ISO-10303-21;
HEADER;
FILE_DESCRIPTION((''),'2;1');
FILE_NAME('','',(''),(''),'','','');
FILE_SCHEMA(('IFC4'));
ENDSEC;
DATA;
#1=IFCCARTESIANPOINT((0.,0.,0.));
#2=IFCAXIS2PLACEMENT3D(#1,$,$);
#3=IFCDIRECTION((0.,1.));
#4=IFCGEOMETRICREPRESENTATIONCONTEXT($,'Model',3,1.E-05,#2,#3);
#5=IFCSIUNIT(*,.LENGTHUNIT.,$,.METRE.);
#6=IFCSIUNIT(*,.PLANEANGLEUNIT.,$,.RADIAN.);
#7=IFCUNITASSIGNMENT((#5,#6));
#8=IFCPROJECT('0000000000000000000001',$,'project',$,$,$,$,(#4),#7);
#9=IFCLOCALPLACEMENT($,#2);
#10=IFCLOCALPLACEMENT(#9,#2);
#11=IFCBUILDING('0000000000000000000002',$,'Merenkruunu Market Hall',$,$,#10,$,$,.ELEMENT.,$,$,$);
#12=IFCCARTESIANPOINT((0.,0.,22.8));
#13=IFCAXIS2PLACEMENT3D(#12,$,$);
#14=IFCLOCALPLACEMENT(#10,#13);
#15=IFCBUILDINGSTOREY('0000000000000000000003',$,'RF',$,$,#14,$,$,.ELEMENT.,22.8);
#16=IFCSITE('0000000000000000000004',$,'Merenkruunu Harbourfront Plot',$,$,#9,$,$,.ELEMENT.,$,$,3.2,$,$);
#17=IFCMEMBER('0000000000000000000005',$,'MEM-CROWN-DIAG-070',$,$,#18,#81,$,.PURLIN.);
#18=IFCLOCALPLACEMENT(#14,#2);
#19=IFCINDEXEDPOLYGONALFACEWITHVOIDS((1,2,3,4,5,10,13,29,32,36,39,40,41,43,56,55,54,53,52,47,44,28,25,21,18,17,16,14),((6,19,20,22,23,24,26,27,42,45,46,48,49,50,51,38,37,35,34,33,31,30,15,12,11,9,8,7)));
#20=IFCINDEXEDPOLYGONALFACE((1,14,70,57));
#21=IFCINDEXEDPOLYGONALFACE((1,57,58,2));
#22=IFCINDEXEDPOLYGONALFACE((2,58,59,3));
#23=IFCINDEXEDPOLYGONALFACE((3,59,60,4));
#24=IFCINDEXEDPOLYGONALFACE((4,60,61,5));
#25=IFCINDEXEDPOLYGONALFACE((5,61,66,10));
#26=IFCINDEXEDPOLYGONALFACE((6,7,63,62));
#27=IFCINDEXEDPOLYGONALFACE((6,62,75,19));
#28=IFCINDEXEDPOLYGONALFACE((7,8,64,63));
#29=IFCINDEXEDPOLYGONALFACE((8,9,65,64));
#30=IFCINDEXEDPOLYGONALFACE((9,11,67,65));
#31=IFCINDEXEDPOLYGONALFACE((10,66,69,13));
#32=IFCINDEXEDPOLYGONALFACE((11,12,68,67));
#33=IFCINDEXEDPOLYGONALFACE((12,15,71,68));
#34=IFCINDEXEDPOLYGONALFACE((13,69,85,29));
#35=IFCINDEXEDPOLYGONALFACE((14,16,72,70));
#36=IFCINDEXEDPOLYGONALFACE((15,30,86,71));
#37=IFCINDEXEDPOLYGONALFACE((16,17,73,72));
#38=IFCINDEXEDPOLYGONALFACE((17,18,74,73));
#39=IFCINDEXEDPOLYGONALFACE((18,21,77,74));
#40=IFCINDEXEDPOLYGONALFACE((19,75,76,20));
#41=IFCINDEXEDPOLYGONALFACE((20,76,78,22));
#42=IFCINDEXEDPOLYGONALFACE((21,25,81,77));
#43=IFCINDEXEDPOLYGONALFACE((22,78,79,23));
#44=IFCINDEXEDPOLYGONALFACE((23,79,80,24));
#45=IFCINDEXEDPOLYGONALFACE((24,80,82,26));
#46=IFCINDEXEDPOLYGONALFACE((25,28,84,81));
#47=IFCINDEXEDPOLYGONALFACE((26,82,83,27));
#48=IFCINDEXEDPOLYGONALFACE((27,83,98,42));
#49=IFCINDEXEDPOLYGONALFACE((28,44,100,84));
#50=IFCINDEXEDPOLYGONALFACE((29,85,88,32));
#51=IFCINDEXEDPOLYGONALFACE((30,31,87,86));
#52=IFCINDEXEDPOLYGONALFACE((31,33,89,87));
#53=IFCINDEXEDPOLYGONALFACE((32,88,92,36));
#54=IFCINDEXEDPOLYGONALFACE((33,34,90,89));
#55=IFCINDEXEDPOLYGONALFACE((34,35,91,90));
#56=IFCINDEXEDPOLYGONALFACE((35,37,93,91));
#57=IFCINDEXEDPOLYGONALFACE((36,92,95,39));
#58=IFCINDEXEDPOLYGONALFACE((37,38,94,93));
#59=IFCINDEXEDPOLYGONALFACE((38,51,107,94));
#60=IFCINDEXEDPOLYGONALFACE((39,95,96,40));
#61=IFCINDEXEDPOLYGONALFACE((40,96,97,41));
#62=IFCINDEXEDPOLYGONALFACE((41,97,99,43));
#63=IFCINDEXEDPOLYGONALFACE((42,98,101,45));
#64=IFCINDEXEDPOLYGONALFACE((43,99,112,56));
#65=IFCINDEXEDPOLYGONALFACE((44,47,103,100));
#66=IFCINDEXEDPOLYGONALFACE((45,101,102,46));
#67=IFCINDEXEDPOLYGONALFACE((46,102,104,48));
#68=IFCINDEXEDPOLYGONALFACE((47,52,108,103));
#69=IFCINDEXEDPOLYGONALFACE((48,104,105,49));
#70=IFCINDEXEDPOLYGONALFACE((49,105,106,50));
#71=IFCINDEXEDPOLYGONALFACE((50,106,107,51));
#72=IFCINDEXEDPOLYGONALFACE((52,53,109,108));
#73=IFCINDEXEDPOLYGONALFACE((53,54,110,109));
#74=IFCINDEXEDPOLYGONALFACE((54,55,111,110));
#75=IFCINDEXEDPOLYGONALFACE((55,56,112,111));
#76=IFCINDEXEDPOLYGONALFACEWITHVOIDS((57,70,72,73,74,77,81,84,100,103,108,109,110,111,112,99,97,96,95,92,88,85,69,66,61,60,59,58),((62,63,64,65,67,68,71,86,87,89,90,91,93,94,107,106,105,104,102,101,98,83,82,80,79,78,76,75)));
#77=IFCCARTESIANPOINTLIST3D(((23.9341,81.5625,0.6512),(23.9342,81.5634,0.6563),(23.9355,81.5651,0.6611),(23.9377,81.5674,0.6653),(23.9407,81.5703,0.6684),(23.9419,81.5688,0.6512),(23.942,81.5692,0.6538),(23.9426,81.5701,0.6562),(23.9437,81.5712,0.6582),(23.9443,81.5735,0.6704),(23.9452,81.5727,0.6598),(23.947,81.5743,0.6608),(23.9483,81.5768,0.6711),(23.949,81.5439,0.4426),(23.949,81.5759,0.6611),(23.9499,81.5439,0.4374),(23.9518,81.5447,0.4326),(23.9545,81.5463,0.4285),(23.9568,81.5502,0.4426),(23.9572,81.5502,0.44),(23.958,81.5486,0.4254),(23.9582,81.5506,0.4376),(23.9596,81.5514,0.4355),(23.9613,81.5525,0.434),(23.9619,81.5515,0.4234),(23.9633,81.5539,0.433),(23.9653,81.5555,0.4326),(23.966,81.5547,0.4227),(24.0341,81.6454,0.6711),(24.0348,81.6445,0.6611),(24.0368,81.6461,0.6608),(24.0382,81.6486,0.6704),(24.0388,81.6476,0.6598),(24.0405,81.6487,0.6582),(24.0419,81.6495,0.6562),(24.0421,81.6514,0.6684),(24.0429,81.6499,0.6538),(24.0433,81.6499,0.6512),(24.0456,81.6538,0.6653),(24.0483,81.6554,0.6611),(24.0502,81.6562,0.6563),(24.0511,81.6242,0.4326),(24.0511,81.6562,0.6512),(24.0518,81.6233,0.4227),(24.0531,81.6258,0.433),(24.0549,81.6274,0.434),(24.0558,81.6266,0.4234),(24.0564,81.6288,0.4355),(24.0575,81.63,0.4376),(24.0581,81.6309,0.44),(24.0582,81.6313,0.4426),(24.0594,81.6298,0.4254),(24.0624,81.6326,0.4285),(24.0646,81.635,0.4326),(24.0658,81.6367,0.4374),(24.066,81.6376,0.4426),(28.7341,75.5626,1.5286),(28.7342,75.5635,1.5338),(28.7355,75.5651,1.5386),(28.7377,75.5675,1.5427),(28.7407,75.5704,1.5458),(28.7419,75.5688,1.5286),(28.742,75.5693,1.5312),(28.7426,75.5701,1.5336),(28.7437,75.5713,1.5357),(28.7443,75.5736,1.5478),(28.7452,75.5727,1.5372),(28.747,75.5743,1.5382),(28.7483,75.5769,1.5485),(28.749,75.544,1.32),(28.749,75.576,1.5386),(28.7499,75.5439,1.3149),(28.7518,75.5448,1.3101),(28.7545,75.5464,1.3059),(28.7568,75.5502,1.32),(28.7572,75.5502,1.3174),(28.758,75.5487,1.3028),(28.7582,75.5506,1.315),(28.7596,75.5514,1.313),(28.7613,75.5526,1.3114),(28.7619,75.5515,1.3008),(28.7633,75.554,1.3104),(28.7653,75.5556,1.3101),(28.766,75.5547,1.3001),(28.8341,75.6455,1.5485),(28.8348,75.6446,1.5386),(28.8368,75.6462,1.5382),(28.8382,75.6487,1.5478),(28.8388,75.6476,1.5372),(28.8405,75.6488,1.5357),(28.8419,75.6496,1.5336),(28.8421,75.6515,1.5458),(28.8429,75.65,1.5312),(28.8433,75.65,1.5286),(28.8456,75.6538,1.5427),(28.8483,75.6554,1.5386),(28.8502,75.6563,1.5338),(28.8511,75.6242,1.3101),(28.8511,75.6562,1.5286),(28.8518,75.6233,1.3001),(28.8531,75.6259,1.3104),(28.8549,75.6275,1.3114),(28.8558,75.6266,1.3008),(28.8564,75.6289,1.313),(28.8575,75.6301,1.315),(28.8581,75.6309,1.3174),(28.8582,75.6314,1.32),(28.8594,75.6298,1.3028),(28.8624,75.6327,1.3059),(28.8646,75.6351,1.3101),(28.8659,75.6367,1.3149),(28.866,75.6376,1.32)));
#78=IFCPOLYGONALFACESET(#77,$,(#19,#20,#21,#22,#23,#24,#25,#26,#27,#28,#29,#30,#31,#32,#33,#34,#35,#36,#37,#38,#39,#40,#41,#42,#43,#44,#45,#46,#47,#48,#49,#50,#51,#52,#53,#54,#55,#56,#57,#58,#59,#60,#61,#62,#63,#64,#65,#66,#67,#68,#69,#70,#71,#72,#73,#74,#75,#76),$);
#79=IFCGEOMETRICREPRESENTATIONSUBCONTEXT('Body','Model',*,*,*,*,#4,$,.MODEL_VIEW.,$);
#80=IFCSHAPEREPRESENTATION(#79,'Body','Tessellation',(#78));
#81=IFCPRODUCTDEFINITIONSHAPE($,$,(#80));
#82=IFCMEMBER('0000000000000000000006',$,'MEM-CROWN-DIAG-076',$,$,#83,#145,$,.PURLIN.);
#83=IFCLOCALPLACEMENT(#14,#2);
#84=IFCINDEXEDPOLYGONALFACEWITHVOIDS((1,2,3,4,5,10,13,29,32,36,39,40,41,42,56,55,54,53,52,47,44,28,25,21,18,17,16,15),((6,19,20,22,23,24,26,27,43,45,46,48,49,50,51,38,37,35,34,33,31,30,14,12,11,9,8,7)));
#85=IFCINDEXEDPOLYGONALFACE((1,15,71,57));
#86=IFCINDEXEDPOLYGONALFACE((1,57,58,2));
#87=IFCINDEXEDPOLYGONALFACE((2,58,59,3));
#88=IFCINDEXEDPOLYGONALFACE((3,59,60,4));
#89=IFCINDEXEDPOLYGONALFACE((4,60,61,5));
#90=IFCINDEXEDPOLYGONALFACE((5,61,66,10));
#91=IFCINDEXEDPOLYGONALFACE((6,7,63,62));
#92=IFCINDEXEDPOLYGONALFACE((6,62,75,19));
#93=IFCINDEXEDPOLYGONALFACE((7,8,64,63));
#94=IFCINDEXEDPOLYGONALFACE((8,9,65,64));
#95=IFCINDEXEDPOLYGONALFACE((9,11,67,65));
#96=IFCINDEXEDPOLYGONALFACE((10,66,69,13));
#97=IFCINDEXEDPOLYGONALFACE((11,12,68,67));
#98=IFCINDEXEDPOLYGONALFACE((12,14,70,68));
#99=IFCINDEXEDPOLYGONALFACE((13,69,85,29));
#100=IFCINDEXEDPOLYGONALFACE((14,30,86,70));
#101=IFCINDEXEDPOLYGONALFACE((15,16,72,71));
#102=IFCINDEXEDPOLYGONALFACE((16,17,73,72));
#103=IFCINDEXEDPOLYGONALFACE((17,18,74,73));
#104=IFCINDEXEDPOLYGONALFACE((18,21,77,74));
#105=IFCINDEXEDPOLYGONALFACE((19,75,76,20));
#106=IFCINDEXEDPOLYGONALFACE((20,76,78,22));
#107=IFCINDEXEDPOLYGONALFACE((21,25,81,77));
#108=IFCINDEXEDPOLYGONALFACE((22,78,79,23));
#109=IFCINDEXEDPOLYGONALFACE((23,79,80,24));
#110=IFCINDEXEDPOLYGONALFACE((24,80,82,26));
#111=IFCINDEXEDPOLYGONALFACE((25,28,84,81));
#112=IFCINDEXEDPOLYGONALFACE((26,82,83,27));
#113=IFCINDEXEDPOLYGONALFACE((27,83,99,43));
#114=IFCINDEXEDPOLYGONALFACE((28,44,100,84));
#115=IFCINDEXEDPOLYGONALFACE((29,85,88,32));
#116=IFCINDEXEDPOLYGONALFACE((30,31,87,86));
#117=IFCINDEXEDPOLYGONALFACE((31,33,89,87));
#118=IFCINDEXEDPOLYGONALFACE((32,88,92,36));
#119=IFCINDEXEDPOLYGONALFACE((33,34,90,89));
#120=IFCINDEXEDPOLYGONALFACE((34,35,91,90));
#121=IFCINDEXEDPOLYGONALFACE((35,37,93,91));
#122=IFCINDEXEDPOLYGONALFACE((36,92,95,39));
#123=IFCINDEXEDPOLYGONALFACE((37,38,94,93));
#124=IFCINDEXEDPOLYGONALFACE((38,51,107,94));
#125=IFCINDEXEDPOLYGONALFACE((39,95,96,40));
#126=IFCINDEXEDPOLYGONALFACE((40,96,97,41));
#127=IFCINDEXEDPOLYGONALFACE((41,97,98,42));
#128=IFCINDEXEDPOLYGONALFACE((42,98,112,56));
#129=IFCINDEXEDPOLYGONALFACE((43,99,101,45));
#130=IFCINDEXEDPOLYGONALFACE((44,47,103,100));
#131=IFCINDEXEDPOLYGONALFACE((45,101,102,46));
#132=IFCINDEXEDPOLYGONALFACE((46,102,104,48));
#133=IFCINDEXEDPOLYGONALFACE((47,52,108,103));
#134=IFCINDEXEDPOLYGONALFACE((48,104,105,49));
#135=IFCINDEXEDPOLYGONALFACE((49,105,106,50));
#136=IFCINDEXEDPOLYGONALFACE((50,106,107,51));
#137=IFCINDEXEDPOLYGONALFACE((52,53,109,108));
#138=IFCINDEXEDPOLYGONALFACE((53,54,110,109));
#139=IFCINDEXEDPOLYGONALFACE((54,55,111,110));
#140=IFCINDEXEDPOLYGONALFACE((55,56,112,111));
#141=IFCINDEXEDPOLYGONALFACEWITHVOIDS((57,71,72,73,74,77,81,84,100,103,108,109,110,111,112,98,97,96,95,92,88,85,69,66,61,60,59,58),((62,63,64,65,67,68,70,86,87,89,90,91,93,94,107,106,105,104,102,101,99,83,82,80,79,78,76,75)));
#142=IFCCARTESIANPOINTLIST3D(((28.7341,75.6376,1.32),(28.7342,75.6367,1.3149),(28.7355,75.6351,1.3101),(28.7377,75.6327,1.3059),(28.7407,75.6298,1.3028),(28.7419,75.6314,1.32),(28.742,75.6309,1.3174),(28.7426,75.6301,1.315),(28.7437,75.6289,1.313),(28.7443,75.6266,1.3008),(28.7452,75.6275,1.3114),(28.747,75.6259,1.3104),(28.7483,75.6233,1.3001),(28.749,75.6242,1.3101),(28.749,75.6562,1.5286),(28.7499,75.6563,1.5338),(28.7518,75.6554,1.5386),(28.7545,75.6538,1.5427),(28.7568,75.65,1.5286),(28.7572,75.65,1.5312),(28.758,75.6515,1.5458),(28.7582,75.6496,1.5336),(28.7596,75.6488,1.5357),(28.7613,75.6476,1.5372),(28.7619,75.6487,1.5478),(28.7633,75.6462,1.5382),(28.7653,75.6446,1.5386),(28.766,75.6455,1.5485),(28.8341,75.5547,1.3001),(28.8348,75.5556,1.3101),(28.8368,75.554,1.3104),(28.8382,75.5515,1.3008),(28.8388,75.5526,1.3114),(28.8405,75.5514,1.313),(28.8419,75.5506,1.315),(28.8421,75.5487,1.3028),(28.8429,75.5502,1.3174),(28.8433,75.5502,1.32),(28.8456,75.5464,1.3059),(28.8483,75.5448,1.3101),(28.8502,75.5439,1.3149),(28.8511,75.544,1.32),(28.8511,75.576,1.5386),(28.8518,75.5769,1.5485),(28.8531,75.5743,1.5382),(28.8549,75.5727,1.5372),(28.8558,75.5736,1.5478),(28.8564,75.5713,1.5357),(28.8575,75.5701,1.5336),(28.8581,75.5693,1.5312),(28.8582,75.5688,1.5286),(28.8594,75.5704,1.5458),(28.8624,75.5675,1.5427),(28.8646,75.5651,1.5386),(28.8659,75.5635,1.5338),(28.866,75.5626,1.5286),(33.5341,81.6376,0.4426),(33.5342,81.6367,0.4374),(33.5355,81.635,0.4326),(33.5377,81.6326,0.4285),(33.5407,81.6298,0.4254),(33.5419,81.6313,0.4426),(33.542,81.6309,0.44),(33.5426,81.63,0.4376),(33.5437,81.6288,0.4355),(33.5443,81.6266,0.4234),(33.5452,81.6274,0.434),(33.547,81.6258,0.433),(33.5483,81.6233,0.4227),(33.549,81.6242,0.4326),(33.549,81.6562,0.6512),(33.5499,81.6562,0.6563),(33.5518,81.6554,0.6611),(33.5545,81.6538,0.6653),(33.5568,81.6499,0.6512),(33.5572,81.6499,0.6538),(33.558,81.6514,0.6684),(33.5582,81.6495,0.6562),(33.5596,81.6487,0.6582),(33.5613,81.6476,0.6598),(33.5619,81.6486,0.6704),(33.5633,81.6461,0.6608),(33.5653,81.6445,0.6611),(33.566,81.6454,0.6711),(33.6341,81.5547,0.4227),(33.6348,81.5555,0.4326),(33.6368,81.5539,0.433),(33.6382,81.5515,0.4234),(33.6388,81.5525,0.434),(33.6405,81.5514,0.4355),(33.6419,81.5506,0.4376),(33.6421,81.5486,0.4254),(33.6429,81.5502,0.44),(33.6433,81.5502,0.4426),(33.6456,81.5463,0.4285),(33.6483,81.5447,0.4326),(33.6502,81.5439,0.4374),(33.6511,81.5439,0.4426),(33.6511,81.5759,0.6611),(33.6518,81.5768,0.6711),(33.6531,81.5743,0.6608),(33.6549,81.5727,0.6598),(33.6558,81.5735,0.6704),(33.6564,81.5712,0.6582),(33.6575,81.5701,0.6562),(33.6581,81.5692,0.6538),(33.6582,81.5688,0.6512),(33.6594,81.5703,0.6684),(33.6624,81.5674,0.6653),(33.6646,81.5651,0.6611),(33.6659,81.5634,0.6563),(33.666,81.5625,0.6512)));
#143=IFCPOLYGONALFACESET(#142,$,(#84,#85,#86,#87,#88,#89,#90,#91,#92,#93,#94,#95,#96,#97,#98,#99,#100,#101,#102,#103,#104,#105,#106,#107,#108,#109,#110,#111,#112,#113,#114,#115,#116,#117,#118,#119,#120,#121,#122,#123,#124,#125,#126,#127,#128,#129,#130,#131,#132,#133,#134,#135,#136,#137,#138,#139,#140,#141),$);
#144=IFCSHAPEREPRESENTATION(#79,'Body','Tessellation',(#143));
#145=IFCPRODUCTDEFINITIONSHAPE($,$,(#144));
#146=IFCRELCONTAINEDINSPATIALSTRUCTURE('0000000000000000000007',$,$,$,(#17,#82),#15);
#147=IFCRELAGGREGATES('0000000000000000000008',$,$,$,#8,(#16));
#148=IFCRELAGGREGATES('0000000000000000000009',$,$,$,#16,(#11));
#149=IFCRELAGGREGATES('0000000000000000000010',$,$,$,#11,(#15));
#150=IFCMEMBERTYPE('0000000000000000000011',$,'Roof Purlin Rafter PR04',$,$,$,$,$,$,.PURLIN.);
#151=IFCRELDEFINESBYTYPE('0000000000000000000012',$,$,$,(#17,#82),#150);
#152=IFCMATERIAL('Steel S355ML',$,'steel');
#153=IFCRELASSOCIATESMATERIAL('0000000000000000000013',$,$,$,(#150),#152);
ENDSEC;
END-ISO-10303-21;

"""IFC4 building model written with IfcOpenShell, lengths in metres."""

from ifc_helpers import new_model, si_unit, direction, frame, origin, origin_2d, place, context, subcontext, project, spatial, hollow_rectangle, extrude, material, material_profile, profile_set, type_object, element, save


model = new_model("IFC4")

# Units and contexts
model_context = context("Model", 3, precision=1e-05, world=origin(), true_north=direction((0.0, 1.0)))
body_context = subcontext(model_context, "Body", "Model", "MODEL_VIEW")
ifc_project = project(units=[si_unit("LENGTHUNIT", "METRE"), si_unit("PLANEANGLEUNIT", "RADIAN")], contexts=[model_context])

# Site, building, storey
site_placement = place(None, origin())
site = spatial("IfcSite", under=ifc_project, at=site_placement, Name="Merenkruunu Harbourfront Plot", CompositionType="ELEMENT", RefElevation=3.2)
building_placement = place(site_placement, origin())
building = spatial("IfcBuilding", under=site, at=building_placement, Name="Merenkruunu Market Hall", CompositionType="ELEMENT")
storey_placement = place(building_placement, frame((0.0, 0.0, 22.8)))
storey = spatial("IfcBuildingStorey", under=building, at=storey_placement, Name="RF", CompositionType="ELEMENT", Elevation=22.8)

# Members
ifc_material_1 = material(Name="Steel S355ML", Category="steel")
ifc_material_profile_1 = material_profile(ifc_material_1, hollow_rectangle(XDim=0.1499, YDim=0.25, WallThickness=0.01, InnerFilletRadius=0.01, OuterFilletRadius=0.02, at=origin_2d()), Name="RHS 250x150x10")
ifc_profile_set_1 = profile_set([ifc_material_profile_1], Name="Steel S355ML")
member_type_1 = type_object("IfcMemberType", Name="Roof Purlin Rafter PR04", PredefinedType="PURLIN", material=ifc_profile_set_1)
for number, where, z_axis, x_axis, name in (
    (1, (28.8, 75.6001, 1.4243), (-0.620665, 0.775824, -0.113457), (-0.780866, -0.624699, 0.0), "MEM-CROWN-DIAG-070"),
    (2, (28.8, 75.6001, 1.4243), (0.620665, 0.775824, -0.113457), (-0.780866, 0.624699, 0.0), "MEM-CROWN-DIAG-076"),
):
    element("IfcMember", number, at=place(storey_placement, frame(where, z_axis=z_axis, x_axis=x_axis)), inside=storey, type_object=member_type_1, Name=name, PredefinedType="PURLIN", context=body_context, shape_type="SweptSolid", body=[
        extrude(hollow_rectangle(XDim=0.1499, YDim=0.25, WallThickness=0.01, InnerFilletRadius=0.01, OuterFilletRadius=0.02, at=origin_2d()), origin(), (0.0, 0.0, 1.0), 7.7336),
    ])

save(model, "model.ifc")
